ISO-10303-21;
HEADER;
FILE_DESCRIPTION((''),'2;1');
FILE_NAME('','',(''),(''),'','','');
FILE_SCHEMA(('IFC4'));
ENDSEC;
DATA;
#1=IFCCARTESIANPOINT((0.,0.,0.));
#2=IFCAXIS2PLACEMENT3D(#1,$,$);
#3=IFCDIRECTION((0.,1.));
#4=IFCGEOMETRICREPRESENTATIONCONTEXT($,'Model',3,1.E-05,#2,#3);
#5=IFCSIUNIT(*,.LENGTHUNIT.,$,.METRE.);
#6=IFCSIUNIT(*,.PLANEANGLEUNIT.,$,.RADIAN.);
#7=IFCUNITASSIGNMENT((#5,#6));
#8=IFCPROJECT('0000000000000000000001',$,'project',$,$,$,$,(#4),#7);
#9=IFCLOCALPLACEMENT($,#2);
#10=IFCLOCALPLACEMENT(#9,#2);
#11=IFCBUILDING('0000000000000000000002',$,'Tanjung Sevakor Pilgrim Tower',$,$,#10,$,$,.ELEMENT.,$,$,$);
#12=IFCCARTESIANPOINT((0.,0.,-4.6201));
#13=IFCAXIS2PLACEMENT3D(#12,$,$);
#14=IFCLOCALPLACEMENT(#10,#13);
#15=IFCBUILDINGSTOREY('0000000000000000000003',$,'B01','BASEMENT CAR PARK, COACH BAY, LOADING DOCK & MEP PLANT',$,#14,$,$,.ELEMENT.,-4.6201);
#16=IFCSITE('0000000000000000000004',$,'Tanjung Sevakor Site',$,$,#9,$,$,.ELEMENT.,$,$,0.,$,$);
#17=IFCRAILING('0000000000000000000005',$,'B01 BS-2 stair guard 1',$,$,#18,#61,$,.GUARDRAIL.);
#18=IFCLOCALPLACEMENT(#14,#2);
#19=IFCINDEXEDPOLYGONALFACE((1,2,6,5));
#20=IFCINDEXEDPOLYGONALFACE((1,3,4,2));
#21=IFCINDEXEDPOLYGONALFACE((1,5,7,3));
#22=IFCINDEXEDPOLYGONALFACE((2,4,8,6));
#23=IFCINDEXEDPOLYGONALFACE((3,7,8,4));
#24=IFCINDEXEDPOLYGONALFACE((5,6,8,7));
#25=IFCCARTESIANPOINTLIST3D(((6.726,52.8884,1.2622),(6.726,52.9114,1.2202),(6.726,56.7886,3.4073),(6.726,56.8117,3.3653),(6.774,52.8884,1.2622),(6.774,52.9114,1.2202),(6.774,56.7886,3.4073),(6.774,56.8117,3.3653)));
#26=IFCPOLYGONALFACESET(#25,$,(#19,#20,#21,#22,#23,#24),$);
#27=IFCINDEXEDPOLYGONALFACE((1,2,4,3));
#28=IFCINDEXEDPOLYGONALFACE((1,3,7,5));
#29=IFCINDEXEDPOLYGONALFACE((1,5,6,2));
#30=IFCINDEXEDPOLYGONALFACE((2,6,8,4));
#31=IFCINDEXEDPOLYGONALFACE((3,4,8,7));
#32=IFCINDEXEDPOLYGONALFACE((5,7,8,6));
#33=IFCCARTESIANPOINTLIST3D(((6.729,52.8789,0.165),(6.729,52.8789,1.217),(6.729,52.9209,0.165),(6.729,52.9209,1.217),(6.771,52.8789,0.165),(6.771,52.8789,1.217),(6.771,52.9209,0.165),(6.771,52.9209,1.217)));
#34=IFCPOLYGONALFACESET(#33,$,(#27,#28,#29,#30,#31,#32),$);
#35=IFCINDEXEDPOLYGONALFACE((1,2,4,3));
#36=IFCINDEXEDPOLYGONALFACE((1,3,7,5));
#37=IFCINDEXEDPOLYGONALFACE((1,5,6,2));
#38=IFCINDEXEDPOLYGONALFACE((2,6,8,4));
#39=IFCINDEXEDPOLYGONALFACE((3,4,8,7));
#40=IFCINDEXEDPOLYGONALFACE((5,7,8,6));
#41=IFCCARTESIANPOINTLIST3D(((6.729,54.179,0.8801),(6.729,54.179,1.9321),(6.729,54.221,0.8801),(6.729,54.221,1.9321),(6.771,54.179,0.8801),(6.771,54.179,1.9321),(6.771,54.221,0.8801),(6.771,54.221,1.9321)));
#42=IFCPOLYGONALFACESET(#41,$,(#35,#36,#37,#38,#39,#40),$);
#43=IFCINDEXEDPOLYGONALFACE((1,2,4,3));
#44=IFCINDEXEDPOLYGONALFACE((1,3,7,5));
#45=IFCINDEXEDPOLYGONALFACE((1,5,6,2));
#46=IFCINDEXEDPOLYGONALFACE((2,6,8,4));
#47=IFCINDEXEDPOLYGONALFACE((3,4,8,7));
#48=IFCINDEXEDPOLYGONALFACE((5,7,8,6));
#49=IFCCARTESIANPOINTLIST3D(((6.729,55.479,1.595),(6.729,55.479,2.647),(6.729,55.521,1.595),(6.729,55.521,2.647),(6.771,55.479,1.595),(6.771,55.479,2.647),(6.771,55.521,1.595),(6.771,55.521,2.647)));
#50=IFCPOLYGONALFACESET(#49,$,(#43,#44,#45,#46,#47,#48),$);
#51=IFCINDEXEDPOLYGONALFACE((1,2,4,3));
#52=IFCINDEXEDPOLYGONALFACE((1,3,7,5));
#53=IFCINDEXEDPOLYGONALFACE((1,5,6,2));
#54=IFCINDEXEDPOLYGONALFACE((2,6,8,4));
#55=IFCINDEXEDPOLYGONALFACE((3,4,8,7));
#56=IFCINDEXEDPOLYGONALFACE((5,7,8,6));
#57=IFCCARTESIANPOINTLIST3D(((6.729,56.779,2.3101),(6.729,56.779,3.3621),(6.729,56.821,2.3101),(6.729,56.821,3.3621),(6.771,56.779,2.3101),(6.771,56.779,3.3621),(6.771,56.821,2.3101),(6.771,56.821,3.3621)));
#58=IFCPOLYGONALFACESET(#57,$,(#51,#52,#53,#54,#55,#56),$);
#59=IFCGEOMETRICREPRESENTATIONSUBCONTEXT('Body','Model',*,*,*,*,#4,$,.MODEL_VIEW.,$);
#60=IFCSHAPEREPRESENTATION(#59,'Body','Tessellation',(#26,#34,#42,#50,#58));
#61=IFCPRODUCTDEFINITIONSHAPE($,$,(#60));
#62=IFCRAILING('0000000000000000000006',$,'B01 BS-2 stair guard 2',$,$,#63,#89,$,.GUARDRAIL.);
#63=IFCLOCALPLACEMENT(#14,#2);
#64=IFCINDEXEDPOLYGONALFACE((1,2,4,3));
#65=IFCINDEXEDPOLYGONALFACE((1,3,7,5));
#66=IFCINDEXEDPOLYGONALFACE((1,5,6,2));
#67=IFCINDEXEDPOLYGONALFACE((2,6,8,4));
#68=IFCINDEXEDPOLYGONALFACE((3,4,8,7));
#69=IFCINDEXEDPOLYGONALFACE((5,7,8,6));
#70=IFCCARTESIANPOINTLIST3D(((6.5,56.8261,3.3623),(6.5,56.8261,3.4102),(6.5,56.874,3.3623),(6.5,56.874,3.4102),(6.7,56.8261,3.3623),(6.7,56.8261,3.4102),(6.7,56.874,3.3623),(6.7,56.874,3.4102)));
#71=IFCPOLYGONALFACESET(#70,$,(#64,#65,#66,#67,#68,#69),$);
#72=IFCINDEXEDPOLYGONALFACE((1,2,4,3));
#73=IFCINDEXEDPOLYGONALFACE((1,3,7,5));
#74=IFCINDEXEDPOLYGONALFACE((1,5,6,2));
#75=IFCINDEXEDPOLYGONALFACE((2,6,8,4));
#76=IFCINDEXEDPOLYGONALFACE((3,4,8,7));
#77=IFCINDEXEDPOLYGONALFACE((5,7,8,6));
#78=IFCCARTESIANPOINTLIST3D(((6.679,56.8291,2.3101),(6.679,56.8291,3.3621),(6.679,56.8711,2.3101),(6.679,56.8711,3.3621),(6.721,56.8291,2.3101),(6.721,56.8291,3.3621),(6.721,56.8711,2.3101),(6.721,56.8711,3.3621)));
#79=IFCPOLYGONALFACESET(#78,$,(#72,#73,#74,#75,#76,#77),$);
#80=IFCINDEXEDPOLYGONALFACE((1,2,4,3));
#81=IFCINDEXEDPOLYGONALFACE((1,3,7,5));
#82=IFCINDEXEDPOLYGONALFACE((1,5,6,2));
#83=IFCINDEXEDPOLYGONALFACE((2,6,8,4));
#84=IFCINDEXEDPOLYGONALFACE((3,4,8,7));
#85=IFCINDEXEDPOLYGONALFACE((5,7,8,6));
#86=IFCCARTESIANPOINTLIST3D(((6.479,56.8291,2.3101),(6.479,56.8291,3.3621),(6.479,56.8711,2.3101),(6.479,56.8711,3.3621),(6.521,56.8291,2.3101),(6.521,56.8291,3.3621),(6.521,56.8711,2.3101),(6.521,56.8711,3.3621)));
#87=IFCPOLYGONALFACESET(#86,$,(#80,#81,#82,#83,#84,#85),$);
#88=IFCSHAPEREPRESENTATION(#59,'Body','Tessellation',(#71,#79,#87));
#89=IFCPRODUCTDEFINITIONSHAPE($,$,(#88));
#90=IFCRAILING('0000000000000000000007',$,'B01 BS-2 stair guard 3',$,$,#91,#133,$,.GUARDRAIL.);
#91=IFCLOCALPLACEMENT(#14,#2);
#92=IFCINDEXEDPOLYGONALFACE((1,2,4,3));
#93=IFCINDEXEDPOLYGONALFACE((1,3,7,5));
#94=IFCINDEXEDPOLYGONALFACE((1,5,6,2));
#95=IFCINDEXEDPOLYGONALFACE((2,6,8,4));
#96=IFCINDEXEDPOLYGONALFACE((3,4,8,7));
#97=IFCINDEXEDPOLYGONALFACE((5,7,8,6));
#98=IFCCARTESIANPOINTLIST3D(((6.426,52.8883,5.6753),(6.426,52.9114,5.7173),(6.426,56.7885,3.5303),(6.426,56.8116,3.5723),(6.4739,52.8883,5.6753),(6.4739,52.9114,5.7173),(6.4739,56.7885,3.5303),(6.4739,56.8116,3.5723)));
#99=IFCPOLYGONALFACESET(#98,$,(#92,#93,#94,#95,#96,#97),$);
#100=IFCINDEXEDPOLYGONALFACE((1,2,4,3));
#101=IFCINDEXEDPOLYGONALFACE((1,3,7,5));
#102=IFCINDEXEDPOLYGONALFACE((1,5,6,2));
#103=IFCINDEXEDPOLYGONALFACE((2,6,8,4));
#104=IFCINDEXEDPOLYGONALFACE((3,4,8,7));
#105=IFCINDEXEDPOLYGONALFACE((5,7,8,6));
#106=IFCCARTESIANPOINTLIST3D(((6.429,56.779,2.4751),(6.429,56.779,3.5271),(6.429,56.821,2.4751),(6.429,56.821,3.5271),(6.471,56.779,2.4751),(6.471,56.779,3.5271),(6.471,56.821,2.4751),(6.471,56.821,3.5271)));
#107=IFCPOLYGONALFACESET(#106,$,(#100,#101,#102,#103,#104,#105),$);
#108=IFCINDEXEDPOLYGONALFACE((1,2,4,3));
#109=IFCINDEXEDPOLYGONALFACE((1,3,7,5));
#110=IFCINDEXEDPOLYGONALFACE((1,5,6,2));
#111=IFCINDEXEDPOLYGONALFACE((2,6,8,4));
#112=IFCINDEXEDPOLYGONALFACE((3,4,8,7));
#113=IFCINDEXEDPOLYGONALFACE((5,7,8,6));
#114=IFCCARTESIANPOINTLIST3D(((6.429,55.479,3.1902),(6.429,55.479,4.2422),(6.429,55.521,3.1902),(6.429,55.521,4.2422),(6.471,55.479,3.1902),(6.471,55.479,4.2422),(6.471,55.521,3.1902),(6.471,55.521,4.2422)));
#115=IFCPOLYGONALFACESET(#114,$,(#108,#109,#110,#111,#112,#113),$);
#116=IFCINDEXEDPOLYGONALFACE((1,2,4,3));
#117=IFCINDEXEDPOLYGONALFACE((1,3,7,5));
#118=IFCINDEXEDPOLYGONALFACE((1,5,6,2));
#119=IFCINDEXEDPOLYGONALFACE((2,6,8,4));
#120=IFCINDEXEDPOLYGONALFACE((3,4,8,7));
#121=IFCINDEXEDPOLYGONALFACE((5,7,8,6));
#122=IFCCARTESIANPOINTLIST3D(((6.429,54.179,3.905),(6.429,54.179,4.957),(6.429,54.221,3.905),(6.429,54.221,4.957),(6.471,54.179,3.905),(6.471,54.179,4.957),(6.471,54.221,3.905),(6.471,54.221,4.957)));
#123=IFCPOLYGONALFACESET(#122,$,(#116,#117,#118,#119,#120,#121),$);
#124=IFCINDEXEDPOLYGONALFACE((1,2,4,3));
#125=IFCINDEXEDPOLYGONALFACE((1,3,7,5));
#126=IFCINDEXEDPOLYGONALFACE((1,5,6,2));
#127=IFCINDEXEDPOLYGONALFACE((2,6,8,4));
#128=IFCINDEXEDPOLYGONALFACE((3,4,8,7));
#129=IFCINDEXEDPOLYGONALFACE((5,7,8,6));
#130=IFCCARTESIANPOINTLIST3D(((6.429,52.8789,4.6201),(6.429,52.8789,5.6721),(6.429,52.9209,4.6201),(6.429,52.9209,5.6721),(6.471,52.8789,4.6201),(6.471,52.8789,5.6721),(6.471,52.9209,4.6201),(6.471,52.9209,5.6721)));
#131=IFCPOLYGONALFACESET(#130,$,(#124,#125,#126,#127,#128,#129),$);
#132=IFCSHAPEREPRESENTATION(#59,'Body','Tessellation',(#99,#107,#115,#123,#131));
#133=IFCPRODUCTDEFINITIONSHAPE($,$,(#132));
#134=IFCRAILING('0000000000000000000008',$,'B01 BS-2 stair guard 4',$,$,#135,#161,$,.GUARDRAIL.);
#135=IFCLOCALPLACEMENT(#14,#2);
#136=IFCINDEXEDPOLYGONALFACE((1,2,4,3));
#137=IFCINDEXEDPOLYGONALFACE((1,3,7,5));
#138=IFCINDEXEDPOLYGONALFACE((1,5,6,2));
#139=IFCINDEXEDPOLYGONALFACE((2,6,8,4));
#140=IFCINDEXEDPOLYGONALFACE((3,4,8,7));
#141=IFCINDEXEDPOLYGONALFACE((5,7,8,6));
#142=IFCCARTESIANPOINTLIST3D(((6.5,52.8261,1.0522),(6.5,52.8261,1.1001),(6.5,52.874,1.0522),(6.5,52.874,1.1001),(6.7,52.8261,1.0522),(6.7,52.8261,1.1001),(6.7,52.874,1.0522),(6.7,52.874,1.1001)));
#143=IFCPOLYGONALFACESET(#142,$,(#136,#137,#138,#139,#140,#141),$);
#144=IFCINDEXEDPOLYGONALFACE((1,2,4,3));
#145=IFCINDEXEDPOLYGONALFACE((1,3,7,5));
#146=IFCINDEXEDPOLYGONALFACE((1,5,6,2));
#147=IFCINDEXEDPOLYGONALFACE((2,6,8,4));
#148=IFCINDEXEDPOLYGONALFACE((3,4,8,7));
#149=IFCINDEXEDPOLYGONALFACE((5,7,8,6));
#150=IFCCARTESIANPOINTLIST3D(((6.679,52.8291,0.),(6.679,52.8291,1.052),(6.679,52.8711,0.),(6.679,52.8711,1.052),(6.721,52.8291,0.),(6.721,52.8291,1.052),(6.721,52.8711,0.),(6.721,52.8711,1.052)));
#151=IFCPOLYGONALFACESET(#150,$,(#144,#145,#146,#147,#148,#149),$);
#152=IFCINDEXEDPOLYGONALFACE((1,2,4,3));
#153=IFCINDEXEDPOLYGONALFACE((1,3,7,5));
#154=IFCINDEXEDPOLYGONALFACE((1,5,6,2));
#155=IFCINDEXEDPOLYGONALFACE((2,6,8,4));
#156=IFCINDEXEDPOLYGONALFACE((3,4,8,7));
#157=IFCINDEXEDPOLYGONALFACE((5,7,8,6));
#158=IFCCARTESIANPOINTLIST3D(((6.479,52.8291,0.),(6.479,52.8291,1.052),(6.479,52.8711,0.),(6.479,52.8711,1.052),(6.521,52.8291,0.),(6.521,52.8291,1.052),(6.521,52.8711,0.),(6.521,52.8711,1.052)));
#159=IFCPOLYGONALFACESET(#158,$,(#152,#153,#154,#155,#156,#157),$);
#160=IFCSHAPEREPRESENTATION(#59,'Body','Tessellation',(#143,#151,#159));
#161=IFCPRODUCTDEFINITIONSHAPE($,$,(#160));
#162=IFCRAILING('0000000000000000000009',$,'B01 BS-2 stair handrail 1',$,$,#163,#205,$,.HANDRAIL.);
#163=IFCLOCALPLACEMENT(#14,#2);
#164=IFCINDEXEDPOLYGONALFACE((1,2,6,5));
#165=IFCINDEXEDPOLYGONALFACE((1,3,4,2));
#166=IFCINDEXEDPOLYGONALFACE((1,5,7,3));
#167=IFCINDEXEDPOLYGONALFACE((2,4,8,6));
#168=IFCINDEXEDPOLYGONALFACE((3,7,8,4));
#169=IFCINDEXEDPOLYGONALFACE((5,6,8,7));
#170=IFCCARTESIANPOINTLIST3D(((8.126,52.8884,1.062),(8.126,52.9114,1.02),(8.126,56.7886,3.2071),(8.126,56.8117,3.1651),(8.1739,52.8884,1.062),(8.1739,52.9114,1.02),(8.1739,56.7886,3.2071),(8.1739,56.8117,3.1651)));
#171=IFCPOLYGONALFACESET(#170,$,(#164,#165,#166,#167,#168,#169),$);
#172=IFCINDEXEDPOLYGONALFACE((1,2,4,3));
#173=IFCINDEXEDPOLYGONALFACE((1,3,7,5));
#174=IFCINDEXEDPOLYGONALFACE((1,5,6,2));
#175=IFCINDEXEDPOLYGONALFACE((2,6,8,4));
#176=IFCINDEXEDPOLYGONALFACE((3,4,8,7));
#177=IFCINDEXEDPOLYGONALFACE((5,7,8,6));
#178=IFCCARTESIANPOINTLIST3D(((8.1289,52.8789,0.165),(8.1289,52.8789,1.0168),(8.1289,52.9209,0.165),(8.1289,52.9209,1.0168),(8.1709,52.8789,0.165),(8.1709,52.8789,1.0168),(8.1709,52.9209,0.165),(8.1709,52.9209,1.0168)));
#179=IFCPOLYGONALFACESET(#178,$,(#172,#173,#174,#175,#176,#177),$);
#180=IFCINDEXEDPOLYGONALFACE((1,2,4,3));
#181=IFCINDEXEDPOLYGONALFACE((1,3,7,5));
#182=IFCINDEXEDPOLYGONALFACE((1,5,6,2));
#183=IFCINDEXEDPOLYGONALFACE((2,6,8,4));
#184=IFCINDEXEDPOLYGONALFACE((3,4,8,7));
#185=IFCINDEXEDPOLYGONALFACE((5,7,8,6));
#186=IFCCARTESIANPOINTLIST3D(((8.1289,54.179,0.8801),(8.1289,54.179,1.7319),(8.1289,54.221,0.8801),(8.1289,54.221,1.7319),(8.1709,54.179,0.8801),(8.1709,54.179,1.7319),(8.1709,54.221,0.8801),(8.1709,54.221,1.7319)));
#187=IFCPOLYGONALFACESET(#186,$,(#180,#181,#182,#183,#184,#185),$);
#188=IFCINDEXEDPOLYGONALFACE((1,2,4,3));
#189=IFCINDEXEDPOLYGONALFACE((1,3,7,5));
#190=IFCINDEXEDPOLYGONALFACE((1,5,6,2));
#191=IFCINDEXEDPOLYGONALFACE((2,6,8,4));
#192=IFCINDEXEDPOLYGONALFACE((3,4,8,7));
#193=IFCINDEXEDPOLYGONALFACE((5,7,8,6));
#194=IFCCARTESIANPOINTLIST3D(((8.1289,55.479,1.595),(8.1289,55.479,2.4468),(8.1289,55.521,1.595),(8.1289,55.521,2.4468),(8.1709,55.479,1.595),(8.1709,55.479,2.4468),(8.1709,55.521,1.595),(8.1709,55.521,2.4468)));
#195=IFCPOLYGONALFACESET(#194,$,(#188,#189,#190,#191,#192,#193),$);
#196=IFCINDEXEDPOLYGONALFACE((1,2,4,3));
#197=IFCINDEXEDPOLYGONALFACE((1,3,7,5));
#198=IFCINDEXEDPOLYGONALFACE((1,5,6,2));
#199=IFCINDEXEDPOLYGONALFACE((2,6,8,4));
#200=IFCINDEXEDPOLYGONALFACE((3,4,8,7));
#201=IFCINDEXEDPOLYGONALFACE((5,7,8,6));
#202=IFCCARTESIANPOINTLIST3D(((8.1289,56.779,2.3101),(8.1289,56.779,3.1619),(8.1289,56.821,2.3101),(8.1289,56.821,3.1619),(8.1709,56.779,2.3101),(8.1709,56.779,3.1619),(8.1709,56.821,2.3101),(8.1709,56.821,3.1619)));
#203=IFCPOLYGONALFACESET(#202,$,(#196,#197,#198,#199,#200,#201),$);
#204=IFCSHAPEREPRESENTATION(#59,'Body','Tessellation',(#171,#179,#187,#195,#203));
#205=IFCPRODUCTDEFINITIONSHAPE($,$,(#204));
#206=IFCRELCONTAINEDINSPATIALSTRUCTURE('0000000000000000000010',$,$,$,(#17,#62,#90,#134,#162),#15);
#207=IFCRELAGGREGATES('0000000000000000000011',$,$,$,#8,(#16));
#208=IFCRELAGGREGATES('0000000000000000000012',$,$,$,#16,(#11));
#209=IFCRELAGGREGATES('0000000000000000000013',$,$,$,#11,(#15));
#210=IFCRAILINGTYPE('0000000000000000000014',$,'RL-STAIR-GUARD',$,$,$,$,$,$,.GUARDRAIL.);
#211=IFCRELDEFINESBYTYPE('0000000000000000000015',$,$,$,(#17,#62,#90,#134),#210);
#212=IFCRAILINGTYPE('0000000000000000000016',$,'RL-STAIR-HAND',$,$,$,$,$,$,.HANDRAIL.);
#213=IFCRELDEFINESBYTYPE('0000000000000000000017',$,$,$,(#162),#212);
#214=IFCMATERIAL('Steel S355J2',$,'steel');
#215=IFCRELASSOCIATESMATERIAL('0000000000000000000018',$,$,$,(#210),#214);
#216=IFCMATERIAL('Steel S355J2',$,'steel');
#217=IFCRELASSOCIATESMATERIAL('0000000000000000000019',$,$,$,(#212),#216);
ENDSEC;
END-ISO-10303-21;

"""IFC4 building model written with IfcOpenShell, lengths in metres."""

from ifc_helpers import new_model, si_unit, direction, frame, origin, place, context, subcontext, project, spatial, rectangle, extrude, material, type_object, element, save


model = new_model("IFC4")

# Units and contexts
model_context = context("Model", 3, precision=1e-05, world=origin(), true_north=direction((0.0, 1.0)))
body_context = subcontext(model_context, "Body", "Model", "MODEL_VIEW")
ifc_project = project(units=[si_unit("LENGTHUNIT", "METRE"), si_unit("PLANEANGLEUNIT", "RADIAN")], contexts=[model_context])

# Site, building, storey
site_placement = place(None, origin())
site = spatial("IfcSite", under=ifc_project, at=site_placement, Name="Tanjung Sevakor Site", CompositionType="ELEMENT", RefElevation=0.0)
building_placement = place(site_placement, origin())
building = spatial("IfcBuilding", under=site, at=building_placement, Name="Tanjung Sevakor Pilgrim Tower", CompositionType="ELEMENT")
storey_placement = place(building_placement, frame((0.0, 0.0, -4.6201)))
storey = spatial("IfcBuildingStorey", under=building, at=storey_placement, Name="B01", Description="BASEMENT CAR PARK, COACH BAY, LOADING DOCK & MEP PLANT", CompositionType="ELEMENT", Elevation=-4.6201)

# Railings
ifc_material_1 = material(Name="Steel S355J2", Category="steel")
railing_type_1 = type_object("IfcRailingType", Name="RL-STAIR-GUARD", PredefinedType="GUARDRAIL", material=ifc_material_1)
railing_1_placement = place(storey_placement, frame((6.75, 52.8999, 0.165)))
element("IfcRailing", 1, at=railing_1_placement, inside=storey, type_object=railing_type_1, Name="B01 BS-2 stair guard 1", PredefinedType="GUARDRAIL", context=body_context, shape_type="SweptSolid", body=[
    extrude(rectangle(XDim=0.0479, YDim=0.0479), frame((0.0, 0.0, 1.0762), z_axis=(0.0, 0.876222, 0.481908), x_axis=(-1.0, 0.0, 0.0)), (0.0, 0.0, 1.0), 4.4512),
    extrude(rectangle(XDim=0.042, YDim=0.042), origin(), (0.0, 0.0, 1.0), 1.052),
    extrude(rectangle(XDim=0.042, YDim=0.042), frame((0.0, 1.3, 0.7151)), (0.0, 0.0, 1.0), 1.052),
    extrude(rectangle(XDim=0.042, YDim=0.042), frame((0.0, 2.6001, 1.4299)), (0.0, 0.0, 1.0), 1.052),
    extrude(rectangle(XDim=0.042, YDim=0.042), frame((0.0, 3.9001, 2.145)), (0.0, 0.0, 1.0), 1.052),
])
railing_2_placement = place(storey_placement, frame((6.7, 56.8501, 2.3101)))
element("IfcRailing", 2, at=railing_2_placement, inside=storey, type_object=railing_type_1, Name="B01 BS-2 stair guard 2", PredefinedType="GUARDRAIL", context=body_context, shape_type="SweptSolid", body=[
    extrude(rectangle(XDim=0.0479, YDim=0.0479), frame((0.0, 0.0, 1.0762), z_axis=(-1.0, 0.0, 0.0), x_axis=(0.0, -1.0, 0.0)), (0.0, 0.0, 1.0), 0.2),
    extrude(rectangle(XDim=0.042, YDim=0.042), origin(), (0.0, 0.0, 1.0), 1.052),
    extrude(rectangle(XDim=0.042, YDim=0.042), frame((-0.2, 0.0, 0.0)), (0.0, 0.0, 1.0), 1.052),
])
railing_3_placement = place(storey_placement, frame((6.45, 56.8, 2.4751)))
element("IfcRailing", 3, at=railing_3_placement, inside=storey, type_object=railing_type_1, Name="B01 BS-2 stair guard 3", PredefinedType="GUARDRAIL", context=body_context, shape_type="SweptSolid", body=[
    extrude(rectangle(XDim=0.0479, YDim=0.0479), frame((0.0, 0.0, 1.0762), z_axis=(0.0, -0.876222, 0.481908), x_axis=(1.0, 0.0, 0.0)), (0.0, 0.0, 1.0), 4.4512),
    extrude(rectangle(XDim=0.042, YDim=0.042), origin(), (0.0, 0.0, 1.0), 1.052),
    extrude(rectangle(XDim=0.042, YDim=0.042), frame((0.0, -1.3, 0.7151)), (0.0, 0.0, 1.0), 1.052),
    extrude(rectangle(XDim=0.042, YDim=0.042), frame((0.0, -2.6001, 1.4299)), (0.0, 0.0, 1.0), 1.052),
    extrude(rectangle(XDim=0.042, YDim=0.042), frame((0.0, -3.9001, 2.145)), (0.0, 0.0, 1.0), 1.052),
])
railing_4_placement = place(storey_placement, frame((6.7, 52.8501, 0.0)))
element("IfcRailing", 4, at=railing_4_placement, inside=storey, type_object=railing_type_1, Name="B01 BS-2 stair guard 4", PredefinedType="GUARDRAIL", context=body_context, shape_type="SweptSolid", body=[
    extrude(rectangle(XDim=0.0479, YDim=0.0479), frame((0.0, 0.0, 1.0762), z_axis=(-1.0, 0.0, 0.0), x_axis=(0.0, -1.0, 0.0)), (0.0, 0.0, 1.0), 0.2),
    extrude(rectangle(XDim=0.042, YDim=0.042), origin(), (0.0, 0.0, 1.0), 1.052),
    extrude(rectangle(XDim=0.042, YDim=0.042), frame((-0.2, 0.0, 0.0)), (0.0, 0.0, 1.0), 1.052),
])
ifc_material_2 = material(Name="Steel S355J2", Category="steel")
railing_type_2 = type_object("IfcRailingType", Name="RL-STAIR-HAND", PredefinedType="HANDRAIL", material=ifc_material_2)
railing_5_placement = place(storey_placement, frame((8.1499, 52.8999, 0.165)))
element("IfcRailing", 5, at=railing_5_placement, inside=storey, type_object=railing_type_2, Name="B01 BS-2 stair handrail 1", PredefinedType="HANDRAIL", context=body_context, shape_type="SweptSolid", body=[
    extrude(rectangle(XDim=0.0479, YDim=0.0479), frame((0.0, 0.0, 0.876), z_axis=(0.0, 0.876222, 0.481908), x_axis=(-1.0, 0.0, 0.0)), (0.0, 0.0, 1.0), 4.4512),
    extrude(rectangle(XDim=0.042, YDim=0.042), origin(), (0.0, 0.0, 1.0), 0.8518),
    extrude(rectangle(XDim=0.042, YDim=0.042), frame((0.0, 1.3, 0.7151)), (0.0, 0.0, 1.0), 0.8518),
    extrude(rectangle(XDim=0.042, YDim=0.042), frame((0.0, 2.6001, 1.4299)), (0.0, 0.0, 1.0), 0.8518),
    extrude(rectangle(XDim=0.042, YDim=0.042), frame((0.0, 3.9001, 2.145)), (0.0, 0.0, 1.0), 0.8518),
])

save(model, "model.ifc")
